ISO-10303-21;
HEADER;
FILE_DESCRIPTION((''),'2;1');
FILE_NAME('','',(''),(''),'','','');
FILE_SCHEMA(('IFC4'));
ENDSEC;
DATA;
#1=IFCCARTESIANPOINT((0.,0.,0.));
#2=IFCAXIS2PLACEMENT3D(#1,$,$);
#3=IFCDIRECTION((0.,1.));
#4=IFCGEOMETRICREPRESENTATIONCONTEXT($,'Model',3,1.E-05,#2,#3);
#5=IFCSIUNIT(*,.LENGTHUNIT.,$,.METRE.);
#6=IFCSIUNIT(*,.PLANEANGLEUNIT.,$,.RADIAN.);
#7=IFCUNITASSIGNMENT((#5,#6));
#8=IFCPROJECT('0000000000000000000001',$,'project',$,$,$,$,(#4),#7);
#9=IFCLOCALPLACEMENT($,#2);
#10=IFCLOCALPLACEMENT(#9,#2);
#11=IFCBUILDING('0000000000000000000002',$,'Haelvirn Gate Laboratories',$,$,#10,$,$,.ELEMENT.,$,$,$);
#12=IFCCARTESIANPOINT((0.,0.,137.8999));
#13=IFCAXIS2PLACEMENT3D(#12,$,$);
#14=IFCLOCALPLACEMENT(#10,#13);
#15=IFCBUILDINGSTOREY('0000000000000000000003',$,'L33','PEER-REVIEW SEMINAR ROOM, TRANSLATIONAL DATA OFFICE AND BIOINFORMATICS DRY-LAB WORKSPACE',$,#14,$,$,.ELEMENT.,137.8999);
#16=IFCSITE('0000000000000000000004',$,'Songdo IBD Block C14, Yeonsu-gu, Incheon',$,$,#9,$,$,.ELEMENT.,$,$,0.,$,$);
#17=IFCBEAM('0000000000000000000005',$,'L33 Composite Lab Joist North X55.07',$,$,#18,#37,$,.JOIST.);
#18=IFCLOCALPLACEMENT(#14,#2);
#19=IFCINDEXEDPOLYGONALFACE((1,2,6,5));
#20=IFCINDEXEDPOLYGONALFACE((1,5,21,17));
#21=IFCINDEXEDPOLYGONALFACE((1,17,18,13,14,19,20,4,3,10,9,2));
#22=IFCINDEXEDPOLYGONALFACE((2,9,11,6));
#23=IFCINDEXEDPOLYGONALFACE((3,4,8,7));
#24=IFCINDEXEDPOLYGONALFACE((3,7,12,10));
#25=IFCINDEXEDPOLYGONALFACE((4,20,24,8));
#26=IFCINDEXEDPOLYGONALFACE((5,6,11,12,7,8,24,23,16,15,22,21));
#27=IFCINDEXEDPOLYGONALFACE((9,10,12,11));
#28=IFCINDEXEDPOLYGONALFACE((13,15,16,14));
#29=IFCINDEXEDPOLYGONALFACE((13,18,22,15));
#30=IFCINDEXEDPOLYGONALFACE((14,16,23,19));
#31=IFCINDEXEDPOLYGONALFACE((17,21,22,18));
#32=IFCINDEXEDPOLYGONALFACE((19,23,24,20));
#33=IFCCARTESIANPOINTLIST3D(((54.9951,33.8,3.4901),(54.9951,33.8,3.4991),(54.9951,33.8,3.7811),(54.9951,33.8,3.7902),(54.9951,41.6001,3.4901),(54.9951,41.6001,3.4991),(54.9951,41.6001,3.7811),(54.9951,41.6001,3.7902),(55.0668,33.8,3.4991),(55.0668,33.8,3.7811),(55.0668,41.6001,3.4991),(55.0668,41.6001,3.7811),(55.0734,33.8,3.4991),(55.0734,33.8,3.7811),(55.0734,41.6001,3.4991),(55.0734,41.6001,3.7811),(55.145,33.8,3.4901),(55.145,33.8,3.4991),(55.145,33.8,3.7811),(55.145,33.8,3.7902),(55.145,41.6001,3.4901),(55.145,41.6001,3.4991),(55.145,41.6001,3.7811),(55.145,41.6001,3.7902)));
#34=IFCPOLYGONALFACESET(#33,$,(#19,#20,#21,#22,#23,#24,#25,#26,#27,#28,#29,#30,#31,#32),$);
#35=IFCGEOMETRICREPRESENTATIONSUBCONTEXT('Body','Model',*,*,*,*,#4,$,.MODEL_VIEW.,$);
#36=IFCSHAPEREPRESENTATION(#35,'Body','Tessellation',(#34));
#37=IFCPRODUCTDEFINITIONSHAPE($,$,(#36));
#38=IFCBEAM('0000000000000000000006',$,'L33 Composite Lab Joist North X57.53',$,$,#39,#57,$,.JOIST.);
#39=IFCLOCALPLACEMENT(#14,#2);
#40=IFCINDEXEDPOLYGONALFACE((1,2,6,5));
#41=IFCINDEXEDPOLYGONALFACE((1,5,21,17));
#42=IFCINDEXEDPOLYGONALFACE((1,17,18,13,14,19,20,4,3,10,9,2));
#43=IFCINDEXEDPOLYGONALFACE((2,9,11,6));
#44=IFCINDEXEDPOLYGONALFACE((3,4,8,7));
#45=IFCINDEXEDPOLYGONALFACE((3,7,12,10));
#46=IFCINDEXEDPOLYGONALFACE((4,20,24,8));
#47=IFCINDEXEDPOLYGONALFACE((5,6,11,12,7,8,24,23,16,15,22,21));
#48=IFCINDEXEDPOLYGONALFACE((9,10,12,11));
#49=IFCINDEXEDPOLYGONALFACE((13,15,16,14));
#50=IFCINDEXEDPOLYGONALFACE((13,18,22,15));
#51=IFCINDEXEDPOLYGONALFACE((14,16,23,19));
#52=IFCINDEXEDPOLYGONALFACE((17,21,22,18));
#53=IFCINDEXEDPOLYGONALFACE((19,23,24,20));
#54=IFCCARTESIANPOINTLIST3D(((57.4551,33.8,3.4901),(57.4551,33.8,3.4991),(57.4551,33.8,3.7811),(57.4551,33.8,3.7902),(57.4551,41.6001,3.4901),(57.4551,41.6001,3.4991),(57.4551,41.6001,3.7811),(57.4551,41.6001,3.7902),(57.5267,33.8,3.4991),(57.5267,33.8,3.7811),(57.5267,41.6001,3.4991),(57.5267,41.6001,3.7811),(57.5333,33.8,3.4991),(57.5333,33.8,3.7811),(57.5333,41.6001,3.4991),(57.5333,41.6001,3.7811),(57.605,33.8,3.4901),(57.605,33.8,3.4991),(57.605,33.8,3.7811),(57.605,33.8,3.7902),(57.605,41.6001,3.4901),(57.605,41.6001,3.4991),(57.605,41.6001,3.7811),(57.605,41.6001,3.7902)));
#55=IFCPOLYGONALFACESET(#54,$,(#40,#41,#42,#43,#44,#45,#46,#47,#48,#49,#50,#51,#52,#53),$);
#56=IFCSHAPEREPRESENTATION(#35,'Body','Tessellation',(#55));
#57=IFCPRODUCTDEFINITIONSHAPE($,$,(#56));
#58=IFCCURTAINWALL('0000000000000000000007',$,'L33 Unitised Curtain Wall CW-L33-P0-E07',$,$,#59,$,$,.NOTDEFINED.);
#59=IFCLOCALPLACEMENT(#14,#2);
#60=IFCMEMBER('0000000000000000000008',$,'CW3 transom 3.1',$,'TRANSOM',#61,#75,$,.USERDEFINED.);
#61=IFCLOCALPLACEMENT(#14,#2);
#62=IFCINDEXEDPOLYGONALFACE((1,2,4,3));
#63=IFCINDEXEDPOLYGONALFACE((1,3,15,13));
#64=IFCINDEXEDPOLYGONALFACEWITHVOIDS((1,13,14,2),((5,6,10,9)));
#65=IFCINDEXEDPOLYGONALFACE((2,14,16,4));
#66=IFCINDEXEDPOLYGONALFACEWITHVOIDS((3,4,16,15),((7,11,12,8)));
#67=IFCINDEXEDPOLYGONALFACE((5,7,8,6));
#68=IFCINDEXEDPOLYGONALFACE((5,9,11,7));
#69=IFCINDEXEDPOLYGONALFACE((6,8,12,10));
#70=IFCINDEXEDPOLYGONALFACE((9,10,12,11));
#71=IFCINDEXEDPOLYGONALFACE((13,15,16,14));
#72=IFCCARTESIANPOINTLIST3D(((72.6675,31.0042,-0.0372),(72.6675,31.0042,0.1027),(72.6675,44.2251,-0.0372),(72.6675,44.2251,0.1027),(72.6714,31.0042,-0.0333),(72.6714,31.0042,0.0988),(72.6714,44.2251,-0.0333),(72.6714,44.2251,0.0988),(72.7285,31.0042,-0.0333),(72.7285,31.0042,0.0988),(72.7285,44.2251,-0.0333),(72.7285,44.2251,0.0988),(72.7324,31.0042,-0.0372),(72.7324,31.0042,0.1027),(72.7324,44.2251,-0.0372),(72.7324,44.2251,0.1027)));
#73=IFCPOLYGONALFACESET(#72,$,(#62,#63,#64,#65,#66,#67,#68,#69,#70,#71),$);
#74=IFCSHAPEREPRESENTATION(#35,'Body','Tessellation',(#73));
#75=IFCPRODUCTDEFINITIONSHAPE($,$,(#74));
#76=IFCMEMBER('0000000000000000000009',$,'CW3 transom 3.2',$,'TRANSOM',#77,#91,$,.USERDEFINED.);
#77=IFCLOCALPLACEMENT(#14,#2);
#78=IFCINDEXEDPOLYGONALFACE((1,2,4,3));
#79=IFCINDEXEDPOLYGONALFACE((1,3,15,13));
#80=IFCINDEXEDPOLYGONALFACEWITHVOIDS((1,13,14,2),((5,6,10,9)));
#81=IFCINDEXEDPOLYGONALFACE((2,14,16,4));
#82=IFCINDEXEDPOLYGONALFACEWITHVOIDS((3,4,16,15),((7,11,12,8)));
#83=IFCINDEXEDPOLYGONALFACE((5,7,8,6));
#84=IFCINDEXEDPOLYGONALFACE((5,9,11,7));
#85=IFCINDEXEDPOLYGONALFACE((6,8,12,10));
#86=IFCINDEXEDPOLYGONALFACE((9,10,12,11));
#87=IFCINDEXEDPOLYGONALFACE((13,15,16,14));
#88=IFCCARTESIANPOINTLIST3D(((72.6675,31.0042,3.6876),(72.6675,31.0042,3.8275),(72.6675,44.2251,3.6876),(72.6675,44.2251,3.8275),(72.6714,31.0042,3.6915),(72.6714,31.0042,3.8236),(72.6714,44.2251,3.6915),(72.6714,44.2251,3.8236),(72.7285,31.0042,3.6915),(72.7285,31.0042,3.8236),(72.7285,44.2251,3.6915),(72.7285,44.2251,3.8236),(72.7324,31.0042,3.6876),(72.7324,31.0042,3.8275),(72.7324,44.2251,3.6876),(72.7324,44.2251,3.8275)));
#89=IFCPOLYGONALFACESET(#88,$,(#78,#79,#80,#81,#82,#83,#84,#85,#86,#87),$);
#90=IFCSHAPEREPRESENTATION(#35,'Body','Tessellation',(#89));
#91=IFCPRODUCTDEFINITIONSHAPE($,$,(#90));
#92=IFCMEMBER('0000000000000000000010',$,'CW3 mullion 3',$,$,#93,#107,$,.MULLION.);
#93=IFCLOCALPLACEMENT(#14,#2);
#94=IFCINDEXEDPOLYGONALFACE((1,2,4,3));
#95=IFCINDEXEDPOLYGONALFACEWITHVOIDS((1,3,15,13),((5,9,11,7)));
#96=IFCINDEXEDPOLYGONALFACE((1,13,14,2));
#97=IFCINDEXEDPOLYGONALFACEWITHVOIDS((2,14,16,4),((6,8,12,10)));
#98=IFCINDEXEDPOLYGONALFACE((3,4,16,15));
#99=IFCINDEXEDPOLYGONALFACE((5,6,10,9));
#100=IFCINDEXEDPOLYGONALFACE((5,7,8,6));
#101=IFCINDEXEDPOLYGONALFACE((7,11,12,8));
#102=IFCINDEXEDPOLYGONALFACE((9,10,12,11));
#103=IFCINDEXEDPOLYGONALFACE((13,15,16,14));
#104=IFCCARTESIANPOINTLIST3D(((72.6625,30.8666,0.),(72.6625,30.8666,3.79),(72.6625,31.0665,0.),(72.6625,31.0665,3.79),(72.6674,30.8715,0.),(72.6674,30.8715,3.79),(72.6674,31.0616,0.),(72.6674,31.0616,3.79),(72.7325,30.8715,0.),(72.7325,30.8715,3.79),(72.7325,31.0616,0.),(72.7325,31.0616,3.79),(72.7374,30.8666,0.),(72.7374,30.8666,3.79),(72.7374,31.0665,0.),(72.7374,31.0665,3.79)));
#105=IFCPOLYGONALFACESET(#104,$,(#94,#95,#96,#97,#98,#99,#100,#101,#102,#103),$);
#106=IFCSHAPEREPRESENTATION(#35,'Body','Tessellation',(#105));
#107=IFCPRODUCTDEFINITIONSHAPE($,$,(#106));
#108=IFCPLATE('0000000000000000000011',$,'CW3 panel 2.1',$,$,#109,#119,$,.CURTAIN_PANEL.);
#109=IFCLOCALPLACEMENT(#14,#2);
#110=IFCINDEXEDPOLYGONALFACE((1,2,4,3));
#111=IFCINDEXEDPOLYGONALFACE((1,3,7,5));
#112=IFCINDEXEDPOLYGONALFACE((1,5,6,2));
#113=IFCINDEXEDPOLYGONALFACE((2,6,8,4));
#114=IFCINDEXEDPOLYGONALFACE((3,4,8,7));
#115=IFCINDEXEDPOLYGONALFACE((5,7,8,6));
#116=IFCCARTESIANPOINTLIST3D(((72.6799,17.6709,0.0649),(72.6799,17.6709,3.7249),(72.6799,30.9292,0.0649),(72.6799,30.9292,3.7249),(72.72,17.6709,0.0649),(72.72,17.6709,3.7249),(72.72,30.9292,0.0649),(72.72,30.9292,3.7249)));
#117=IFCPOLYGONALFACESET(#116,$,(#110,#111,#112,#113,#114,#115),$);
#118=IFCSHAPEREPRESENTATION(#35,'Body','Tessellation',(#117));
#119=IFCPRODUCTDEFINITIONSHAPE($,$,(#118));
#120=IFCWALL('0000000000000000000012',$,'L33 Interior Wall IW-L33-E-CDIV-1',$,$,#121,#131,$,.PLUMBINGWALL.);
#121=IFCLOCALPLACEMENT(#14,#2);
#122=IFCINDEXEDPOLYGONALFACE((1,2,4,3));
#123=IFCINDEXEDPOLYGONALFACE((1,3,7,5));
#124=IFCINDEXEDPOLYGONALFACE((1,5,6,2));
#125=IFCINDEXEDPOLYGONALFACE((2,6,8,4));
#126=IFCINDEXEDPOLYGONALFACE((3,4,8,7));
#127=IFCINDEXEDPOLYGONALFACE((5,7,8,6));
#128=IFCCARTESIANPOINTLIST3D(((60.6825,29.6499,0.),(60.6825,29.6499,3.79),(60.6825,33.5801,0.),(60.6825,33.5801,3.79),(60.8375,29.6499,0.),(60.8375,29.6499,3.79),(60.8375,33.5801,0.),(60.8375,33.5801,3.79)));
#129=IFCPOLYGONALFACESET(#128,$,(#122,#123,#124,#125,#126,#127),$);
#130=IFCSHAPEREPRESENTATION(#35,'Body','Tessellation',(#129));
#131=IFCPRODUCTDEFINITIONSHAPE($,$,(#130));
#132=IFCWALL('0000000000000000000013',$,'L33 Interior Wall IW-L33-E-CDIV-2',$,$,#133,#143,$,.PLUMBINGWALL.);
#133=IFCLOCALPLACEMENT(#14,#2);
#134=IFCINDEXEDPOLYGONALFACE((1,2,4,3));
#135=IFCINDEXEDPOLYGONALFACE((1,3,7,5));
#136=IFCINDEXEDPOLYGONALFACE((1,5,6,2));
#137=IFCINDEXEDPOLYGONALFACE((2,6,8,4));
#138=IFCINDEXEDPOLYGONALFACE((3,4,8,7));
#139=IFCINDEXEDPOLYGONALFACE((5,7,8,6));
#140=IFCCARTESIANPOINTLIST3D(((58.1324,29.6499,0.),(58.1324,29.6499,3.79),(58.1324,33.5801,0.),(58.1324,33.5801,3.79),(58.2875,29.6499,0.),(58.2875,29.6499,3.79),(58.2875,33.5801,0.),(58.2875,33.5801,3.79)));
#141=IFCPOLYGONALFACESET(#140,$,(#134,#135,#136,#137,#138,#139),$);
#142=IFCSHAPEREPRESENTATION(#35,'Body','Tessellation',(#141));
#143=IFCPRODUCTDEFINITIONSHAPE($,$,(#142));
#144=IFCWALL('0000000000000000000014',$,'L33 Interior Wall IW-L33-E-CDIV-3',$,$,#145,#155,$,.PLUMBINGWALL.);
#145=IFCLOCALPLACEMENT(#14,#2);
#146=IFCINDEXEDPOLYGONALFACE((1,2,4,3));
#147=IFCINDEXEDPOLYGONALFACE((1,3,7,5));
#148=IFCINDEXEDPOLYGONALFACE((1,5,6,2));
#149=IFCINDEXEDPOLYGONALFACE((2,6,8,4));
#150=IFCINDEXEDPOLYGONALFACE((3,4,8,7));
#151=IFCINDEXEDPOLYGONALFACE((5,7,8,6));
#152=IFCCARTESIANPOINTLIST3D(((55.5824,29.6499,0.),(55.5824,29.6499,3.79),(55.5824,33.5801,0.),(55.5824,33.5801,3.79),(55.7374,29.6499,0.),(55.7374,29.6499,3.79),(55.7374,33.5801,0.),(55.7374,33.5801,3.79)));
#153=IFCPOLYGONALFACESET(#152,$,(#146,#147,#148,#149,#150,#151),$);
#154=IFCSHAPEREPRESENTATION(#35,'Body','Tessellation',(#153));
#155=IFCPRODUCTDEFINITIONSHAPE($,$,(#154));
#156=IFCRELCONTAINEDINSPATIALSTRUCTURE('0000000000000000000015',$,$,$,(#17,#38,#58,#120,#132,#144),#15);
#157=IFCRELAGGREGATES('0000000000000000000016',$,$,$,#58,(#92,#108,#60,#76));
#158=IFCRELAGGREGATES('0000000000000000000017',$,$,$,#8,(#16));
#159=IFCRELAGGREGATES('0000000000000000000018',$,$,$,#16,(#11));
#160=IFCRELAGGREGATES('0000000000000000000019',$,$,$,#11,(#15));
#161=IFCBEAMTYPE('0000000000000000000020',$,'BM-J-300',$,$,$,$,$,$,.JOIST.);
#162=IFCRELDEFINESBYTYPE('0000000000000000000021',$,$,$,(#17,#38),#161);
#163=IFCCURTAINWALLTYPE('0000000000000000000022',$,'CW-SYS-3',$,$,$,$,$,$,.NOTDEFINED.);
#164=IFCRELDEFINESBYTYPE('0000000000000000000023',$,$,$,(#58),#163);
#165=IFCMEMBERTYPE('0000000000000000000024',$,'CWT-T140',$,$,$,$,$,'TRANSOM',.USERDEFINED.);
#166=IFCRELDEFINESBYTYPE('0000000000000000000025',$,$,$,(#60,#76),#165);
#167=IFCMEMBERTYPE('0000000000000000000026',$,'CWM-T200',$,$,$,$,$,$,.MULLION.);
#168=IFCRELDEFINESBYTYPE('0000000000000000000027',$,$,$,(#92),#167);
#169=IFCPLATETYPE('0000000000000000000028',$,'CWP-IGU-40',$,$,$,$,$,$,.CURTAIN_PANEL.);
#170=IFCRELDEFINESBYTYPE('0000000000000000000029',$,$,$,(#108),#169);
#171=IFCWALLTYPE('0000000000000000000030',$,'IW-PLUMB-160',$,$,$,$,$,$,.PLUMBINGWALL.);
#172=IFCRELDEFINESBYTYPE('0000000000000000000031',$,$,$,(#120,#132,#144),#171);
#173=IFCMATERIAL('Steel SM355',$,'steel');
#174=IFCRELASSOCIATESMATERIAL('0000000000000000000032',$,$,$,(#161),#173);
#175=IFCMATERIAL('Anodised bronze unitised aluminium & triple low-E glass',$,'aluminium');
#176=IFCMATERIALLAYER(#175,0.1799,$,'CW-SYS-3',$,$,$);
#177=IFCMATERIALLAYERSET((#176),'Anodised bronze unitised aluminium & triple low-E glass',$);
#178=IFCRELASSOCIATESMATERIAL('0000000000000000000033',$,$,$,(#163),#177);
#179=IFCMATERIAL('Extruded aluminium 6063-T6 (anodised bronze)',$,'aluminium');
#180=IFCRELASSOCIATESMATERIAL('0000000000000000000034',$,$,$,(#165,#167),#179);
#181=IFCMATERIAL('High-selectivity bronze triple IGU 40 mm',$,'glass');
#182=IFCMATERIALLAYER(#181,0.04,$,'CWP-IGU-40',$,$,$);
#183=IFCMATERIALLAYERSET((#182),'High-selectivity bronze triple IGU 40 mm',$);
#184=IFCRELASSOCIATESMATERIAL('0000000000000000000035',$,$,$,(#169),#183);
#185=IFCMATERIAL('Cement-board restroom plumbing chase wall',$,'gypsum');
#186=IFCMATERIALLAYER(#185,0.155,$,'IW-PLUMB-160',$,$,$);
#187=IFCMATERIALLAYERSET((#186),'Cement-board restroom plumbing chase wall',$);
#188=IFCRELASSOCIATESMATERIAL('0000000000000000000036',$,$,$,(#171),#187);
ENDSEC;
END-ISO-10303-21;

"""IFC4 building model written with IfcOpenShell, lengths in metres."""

from ifc_helpers import new_model, si_unit, direction, frame, frame_2d, origin, origin_2d, place, context, subcontext, project, spatial, rectangle, hollow_rectangle, i_section, extrude, source, transform, mapped, material, layer, layer_set, material_profile, profile_set, type_object, type_shapes, element, aggregate, save


model = new_model("IFC4")

# Units and contexts
model_context = context("Model", 3, precision=1e-05, world=origin(), true_north=direction((0.0, 1.0)))
body_context = subcontext(model_context, "Body", "Model", "MODEL_VIEW")
ifc_project = project(units=[si_unit("LENGTHUNIT", "METRE"), si_unit("PLANEANGLEUNIT", "RADIAN")], contexts=[model_context])

# Site, building, storey
site_placement = place(None, origin())
site = spatial("IfcSite", under=ifc_project, at=site_placement, Name="Songdo IBD Block C14, Yeonsu-gu, Incheon", CompositionType="ELEMENT", RefElevation=0.0)
building_placement = place(site_placement, origin())
building = spatial("IfcBuilding", under=site, at=building_placement, Name="Haelvirn Gate Laboratories", CompositionType="ELEMENT")
storey_placement = place(building_placement, frame((0.0, 0.0, 137.8999)))
storey = spatial("IfcBuildingStorey", under=building, at=storey_placement, Name="L33", Description="PEER-REVIEW SEMINAR ROOM, TRANSLATIONAL DATA OFFICE AND BIOINFORMATICS DRY-LAB WORKSPACE", CompositionType="ELEMENT", Elevation=137.8999)

# Beams
ifc_material_1 = material(Name="Steel SM355", Category="steel")
ifc_material_profile_1 = material_profile(ifc_material_1, i_section(OverallWidth=0.1499, OverallDepth=0.3, WebThickness=0.0066, FlangeThickness=0.009, at=origin_2d()), Name="H-300x150x6.5x9")
ifc_profile_set_1 = profile_set([ifc_material_profile_1], Name="Steel SM355")
beam_type = type_object("IfcBeamType", Name="BM-J-300", PredefinedType="JOIST", material=ifc_profile_set_1)
shared_shape_1 = source(origin(), body_context, "Body", "SweptSolid", [
    extrude(i_section(OverallWidth=0.1499, OverallDepth=0.3, WebThickness=0.0066, FlangeThickness=0.009, at=origin_2d()), origin(), (0.0, 0.0, 1.0), 7.8),
])
type_shapes(beam_type, [shared_shape_1])
for number, where, z_axis, x_axis, name in (
    (1, (55.0701, 33.8, 3.6401), (0.0, 1.0, 0.0), (-1.0, 0.0, 0.0), "L33 Composite Lab Joist North X55.07"),
    (2, (57.53, 33.8, 3.6401), (0.0, 1.0, 0.0), (-1.0, 0.0, 0.0), "L33 Composite Lab Joist North X57.53"),
):
    element("IfcBeam", number, at=place(storey_placement, frame(where, z_axis=z_axis, x_axis=x_axis)), inside=storey, type_object=beam_type, Name=name, PredefinedType="JOIST", context=body_context, shape_type="MappedRepresentation", body=[
        mapped(shared_shape_1, transform((0.0, 0.0, 0.0), scale=1.0)),
    ])

# Curtain wall, members, plate
ifc_material_2 = material(Name="Anodised bronze unitised aluminium & triple low-E glass", Category="aluminium")
ifc_layer_1 = layer(ifc_material_2, 0.1799, Name="CW-SYS-3")
ifc_layer_set_1 = layer_set([ifc_layer_1], Name="Anodised bronze unitised aluminium & triple low-E glass")
curtain_wall_type = type_object("IfcCurtainWallType", Name="CW-SYS-3", PredefinedType="NOTDEFINED", material=ifc_layer_set_1)
curtain_wall_placement = place(storey_placement, origin())
curtain_wall = element("IfcCurtainWall", 3, at=curtain_wall_placement, inside=storey, type_object=curtain_wall_type, Name="L33 Unitised Curtain Wall CW-L33-P0-E07", PredefinedType="NOTDEFINED")
ifc_material_3 = material(Name="Extruded aluminium 6063-T6 (anodised bronze)", Category="aluminium")
ifc_material_profile_2 = material_profile(ifc_material_3, hollow_rectangle(XDim=0.0649, YDim=0.1399, WallThickness=0.0039, at=origin_2d()), Name="CWT-140x65x4")
ifc_profile_set_2 = profile_set([ifc_material_profile_2], Name="Extruded aluminium 6063-T6 (anodised bronze)")
member_type_1 = type_object("IfcMemberType", Name="CWT-T140", ElementType="TRANSOM", PredefinedType="USERDEFINED", material=ifc_profile_set_2)
shared_shape_2 = source(origin(), body_context, "Body", "SweptSolid", [
    extrude(hollow_rectangle(XDim=0.0649, YDim=0.1399, WallThickness=0.0039, at=origin_2d()), origin(), (0.0, 0.0, 1.0), 13.2209),
])
type_shapes(member_type_1, [shared_shape_2])
member_1_placement = place(storey_placement, frame((72.7, 31.0042, 0.0327), z_axis=(0.0, 1.0, 0.0), x_axis=(-1.0, 0.0, 0.0)))
member_1 = element("IfcMember", 4, at=member_1_placement, type_object=member_type_1, Name="CW3 transom 3.1", ObjectType="TRANSOM", PredefinedType="USERDEFINED", context=body_context, shape_type="MappedRepresentation", body=[
    mapped(shared_shape_2, transform((0.0, 0.0, 0.0), scale=1.0)),
])
member_2_placement = place(storey_placement, frame((72.7, 31.0042, 3.7576), z_axis=(0.0, 1.0, 0.0), x_axis=(-1.0, 0.0, 0.0)))
member_2 = element("IfcMember", 5, at=member_2_placement, type_object=member_type_1, Name="CW3 transom 3.2", ObjectType="TRANSOM", PredefinedType="USERDEFINED", context=body_context, shape_type="MappedRepresentation", body=[
    mapped(shared_shape_2, transform((0.0, 0.0, 0.0), scale=1.0)),
])
ifc_material_profile_3 = material_profile(ifc_material_3, hollow_rectangle(XDim=0.075, YDim=0.2, WallThickness=0.0049, at=origin_2d()), Name="CWM-200x75x5")
ifc_profile_set_3 = profile_set([ifc_material_profile_3], Name="Extruded aluminium 6063-T6 (anodised bronze)")
member_type_2 = type_object("IfcMemberType", Name="CWM-T200", PredefinedType="MULLION", material=ifc_profile_set_3)
shared_shape_3 = source(origin(), body_context, "Body", "SweptSolid", [
    extrude(hollow_rectangle(XDim=0.075, YDim=0.2, WallThickness=0.0049, at=origin_2d()), origin(), (0.0, 0.0, 1.0), 3.79),
])
type_shapes(member_type_2, [shared_shape_3])
member_3_placement = place(storey_placement, frame((72.7, 30.9666, 0.0), z_axis=(0.0, 0.0, 1.0), x_axis=(-1.0, 0.0, 0.0)))
member_3 = element("IfcMember", 6, at=member_3_placement, type_object=member_type_2, Name="CW3 mullion 3", PredefinedType="MULLION", context=body_context, shape_type="MappedRepresentation", body=[
    mapped(shared_shape_3, transform((0.0, 0.0, 0.0), scale=1.0)),
])
ifc_material_4 = material(Name="High-selectivity bronze triple IGU 40 mm", Category="glass")
ifc_layer_2 = layer(ifc_material_4, 0.04, Name="CWP-IGU-40")
ifc_layer_set_2 = layer_set([ifc_layer_2], Name="High-selectivity bronze triple IGU 40 mm")
plate_type = type_object("IfcPlateType", Name="CWP-IGU-40", PredefinedType="CURTAIN_PANEL", material=ifc_layer_set_2)
shared_shape_4 = source(origin(), body_context, "Body", "SweptSolid", [
    extrude(rectangle(XDim=13.2583, YDim=0.04, at=origin_2d()), origin(), (0.0, 0.0, 1.0), 3.6599),
])
type_shapes(plate_type, [shared_shape_4])
plate_placement = place(storey_placement, frame((72.7, 24.3, 0.0649), z_axis=(0.0, 0.0, 1.0), x_axis=(0.0, 1.0, 0.0)))
plate = element("IfcPlate", 7, at=plate_placement, type_object=plate_type, Name="CW3 panel 2.1", PredefinedType="CURTAIN_PANEL", context=body_context, shape_type="MappedRepresentation", body=[
    mapped(shared_shape_4, transform((0.0, 0.0, 0.0), scale=1.0)),
])
aggregate(curtain_wall, [member_3, plate, member_1, member_2])

# Walls
ifc_material_5 = material(Name="Cement-board restroom plumbing chase wall", Category="gypsum")
ifc_layer_3 = layer(ifc_material_5, 0.155, Name="IW-PLUMB-160")
ifc_layer_set_3 = layer_set([ifc_layer_3], Name="Cement-board restroom plumbing chase wall")
wall_type_1 = type_object("IfcWallType", Name="IW-PLUMB-160", PredefinedType="PLUMBINGWALL", material=ifc_layer_set_3)
for number, where, z_axis, x_axis, name in (
    (8, (60.76, 29.6499, 0.0), (0.0, 0.0, 1.0), (0.0, 1.0, 0.0), "L33 Interior Wall IW-L33-E-CDIV-1"),
    (9, (58.21, 29.6499, 0.0), (0.0, 0.0, 1.0), (0.0, 1.0, 0.0), "L33 Interior Wall IW-L33-E-CDIV-2"),
    (10, (55.6599, 29.6499, 0.0), (0.0, 0.0, 1.0), (0.0, 1.0, 0.0), "L33 Interior Wall IW-L33-E-CDIV-3"),
):
    element("IfcWall", number, at=place(storey_placement, frame(where, z_axis=z_axis, x_axis=x_axis)), inside=storey, type_object=wall_type_1, Name=name, PredefinedType="PLUMBINGWALL", context=body_context, shape_type="SweptSolid", body=[
        extrude(rectangle(XDim=3.9302, YDim=0.155, at=frame_2d((1.9651, 0.0))), origin(), (0.0, 0.0, 1.0), 3.79),
    ])

save(model, "model.ifc")
